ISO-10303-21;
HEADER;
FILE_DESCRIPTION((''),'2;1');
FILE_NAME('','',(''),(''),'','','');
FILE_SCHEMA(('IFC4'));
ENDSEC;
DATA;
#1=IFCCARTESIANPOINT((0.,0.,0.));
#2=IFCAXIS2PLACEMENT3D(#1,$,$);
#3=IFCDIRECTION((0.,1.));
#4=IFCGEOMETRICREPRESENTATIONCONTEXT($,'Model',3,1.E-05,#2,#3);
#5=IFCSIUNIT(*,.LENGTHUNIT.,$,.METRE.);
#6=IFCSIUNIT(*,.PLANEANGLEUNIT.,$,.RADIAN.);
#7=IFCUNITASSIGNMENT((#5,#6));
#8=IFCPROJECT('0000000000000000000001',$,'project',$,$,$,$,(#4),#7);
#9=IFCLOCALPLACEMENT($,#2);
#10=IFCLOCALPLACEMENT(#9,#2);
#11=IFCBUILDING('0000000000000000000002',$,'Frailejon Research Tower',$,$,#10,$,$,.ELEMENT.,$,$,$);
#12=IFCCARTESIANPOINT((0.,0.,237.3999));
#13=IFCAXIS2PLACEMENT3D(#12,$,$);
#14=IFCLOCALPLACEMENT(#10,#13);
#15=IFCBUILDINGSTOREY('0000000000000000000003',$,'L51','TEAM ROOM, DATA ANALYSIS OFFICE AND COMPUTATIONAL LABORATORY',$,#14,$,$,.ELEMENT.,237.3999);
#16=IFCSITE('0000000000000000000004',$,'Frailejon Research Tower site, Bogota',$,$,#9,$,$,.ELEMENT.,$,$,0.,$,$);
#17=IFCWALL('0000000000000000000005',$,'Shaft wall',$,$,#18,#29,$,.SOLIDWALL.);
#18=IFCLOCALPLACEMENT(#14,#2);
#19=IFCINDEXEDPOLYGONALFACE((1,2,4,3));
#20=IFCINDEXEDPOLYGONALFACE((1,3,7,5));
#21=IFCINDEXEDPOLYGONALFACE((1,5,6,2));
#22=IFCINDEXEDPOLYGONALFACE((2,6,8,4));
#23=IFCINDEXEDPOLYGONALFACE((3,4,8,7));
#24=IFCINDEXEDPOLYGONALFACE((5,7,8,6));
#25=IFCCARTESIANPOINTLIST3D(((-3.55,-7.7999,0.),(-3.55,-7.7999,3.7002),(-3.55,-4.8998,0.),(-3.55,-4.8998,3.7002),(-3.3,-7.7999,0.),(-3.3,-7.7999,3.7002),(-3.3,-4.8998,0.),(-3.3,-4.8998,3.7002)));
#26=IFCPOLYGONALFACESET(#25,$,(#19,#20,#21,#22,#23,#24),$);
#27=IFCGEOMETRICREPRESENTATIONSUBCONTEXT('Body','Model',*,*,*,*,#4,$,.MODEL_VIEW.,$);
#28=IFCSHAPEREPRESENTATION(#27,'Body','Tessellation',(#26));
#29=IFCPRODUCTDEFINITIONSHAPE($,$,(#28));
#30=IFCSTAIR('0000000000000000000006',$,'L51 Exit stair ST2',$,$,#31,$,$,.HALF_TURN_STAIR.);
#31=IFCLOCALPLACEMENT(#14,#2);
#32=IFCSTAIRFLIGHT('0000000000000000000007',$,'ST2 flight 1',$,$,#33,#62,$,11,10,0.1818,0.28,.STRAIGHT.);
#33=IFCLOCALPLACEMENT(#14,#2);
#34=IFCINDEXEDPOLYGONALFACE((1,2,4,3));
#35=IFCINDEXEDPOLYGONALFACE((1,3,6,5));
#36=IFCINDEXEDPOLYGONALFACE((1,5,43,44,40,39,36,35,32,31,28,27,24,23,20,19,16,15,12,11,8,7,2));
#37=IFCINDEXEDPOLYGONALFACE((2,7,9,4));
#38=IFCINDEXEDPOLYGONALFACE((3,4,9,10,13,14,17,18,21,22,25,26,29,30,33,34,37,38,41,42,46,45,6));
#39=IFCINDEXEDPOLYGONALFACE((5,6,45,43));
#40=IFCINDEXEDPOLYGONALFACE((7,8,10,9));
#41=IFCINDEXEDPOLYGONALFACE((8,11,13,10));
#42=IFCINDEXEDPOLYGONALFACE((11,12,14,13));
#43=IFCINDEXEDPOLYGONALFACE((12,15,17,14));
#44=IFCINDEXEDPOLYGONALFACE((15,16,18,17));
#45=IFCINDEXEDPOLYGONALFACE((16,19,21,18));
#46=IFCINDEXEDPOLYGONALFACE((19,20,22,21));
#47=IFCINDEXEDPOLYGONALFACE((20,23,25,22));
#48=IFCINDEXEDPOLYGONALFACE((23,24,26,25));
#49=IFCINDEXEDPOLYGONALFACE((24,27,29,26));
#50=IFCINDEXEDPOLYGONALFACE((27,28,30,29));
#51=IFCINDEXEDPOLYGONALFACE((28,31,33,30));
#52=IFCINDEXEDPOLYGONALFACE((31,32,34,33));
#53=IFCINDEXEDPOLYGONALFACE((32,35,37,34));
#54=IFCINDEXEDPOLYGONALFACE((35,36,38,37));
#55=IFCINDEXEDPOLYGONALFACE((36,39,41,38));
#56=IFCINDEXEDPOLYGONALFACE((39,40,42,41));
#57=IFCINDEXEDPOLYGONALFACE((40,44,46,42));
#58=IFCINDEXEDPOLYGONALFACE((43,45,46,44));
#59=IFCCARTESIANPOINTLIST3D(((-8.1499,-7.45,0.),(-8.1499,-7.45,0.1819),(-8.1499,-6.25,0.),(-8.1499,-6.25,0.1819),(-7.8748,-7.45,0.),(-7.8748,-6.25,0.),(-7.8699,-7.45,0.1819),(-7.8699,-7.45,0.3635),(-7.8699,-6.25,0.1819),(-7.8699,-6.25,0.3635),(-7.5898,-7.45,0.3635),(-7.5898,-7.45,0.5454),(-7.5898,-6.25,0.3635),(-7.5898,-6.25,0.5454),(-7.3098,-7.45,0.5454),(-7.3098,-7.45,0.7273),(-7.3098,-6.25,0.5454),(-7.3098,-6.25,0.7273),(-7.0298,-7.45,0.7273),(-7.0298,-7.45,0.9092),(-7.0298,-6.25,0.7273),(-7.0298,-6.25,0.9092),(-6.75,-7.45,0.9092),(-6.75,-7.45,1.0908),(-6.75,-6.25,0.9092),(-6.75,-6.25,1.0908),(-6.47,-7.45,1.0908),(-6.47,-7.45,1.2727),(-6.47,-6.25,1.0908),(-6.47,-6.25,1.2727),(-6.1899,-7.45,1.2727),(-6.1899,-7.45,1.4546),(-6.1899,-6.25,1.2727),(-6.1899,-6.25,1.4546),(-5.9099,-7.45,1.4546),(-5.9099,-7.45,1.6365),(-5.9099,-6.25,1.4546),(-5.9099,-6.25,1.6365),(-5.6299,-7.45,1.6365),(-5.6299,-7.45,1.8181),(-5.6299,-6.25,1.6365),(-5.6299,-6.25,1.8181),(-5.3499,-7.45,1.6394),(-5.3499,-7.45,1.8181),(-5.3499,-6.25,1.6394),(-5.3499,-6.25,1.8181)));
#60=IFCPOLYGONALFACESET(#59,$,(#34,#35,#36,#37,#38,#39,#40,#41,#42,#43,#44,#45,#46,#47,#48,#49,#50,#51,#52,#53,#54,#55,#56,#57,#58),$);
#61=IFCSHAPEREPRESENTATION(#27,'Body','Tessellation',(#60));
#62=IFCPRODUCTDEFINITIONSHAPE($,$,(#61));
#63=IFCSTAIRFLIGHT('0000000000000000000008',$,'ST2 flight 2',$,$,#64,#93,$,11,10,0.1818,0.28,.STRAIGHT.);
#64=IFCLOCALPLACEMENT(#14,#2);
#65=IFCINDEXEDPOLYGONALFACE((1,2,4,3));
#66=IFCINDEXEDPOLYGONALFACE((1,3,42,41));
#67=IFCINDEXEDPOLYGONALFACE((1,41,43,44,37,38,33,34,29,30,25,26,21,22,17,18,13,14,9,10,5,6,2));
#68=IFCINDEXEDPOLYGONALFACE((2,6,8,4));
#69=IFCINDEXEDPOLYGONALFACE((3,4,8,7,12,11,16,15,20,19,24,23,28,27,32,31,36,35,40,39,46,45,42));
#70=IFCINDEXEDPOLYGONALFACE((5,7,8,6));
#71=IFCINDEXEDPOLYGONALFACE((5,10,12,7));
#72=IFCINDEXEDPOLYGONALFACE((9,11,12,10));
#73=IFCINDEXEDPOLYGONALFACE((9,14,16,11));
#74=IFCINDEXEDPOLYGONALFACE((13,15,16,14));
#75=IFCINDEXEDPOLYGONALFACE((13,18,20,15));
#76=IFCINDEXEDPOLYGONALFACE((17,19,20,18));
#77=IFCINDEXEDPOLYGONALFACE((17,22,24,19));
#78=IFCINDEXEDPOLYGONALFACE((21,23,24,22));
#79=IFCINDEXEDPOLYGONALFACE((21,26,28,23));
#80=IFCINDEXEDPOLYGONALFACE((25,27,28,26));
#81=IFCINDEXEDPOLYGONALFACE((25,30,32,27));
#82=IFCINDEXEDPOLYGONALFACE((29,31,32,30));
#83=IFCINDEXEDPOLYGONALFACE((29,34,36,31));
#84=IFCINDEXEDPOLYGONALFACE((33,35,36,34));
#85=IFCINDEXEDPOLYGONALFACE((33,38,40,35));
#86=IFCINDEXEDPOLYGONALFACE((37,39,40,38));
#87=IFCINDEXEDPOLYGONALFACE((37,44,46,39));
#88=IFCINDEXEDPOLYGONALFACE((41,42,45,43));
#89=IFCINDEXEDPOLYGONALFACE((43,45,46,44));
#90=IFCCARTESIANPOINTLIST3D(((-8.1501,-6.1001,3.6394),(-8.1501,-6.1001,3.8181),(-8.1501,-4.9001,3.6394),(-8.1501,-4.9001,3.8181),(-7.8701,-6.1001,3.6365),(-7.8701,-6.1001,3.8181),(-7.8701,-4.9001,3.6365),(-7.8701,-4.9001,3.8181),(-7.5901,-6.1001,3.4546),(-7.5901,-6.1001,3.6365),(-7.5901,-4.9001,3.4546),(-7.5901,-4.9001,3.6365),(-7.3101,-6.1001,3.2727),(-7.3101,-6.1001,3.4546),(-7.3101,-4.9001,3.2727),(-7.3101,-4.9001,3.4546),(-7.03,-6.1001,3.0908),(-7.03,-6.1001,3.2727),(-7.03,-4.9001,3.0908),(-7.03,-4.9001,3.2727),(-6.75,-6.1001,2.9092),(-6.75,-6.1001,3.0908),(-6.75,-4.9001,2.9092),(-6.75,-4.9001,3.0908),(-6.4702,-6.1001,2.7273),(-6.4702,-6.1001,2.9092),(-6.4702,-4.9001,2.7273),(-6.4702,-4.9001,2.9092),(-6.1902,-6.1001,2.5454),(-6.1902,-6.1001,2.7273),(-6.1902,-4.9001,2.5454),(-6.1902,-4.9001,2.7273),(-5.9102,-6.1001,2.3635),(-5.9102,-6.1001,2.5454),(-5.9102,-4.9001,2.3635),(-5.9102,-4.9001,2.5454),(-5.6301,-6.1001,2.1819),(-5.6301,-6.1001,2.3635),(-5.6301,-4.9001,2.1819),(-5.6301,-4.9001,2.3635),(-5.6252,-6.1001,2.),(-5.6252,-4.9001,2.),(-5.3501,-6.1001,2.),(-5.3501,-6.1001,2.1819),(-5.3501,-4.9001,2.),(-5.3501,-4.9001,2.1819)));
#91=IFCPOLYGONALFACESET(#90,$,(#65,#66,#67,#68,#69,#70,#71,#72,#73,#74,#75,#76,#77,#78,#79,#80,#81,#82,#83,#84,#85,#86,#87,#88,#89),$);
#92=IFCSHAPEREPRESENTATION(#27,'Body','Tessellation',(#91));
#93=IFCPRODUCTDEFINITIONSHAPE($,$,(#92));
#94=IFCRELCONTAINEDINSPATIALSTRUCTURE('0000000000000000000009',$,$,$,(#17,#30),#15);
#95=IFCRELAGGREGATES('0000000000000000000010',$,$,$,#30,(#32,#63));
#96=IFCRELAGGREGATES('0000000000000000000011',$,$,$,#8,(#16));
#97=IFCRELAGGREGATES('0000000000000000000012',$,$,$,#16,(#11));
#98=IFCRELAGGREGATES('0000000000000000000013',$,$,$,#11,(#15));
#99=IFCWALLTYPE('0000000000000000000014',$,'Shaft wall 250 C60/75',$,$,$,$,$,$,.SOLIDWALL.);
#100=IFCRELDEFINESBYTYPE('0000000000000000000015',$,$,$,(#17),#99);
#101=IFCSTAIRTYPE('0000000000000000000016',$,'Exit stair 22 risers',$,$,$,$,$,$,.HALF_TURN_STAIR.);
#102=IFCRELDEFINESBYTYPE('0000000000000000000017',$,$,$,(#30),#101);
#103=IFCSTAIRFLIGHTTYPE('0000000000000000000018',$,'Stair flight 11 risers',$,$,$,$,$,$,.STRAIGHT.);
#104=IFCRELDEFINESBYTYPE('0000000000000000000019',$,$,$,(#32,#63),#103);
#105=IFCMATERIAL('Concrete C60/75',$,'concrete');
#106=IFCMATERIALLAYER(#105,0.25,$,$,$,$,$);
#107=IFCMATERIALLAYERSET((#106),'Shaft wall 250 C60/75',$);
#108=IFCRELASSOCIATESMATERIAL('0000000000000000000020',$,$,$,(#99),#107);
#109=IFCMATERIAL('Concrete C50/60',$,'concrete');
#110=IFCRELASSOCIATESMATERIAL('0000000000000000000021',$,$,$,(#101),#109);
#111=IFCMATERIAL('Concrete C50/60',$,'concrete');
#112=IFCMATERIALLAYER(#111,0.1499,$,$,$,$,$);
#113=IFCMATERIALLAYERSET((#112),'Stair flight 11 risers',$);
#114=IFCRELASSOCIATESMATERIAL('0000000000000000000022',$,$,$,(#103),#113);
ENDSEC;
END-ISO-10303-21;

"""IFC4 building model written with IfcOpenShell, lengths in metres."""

from ifc_helpers import new_model, si_unit, direction, frame, frame_2d, origin, place, context, subcontext, project, spatial, polyline, rectangle, outline, extrude, material, layer, layer_set, type_object, element, aggregate, save


model = new_model("IFC4")

# Units and contexts
model_context = context("Model", 3, precision=1e-05, world=origin(), true_north=direction((0.0, 1.0)))
body_context = subcontext(model_context, "Body", "Model", "MODEL_VIEW")
ifc_project = project(units=[si_unit("LENGTHUNIT", "METRE"), si_unit("PLANEANGLEUNIT", "RADIAN")], contexts=[model_context])

# Site, building, storey
site_placement = place(None, origin())
site = spatial("IfcSite", under=ifc_project, at=site_placement, Name="Frailejon Research Tower site, Bogota", CompositionType="ELEMENT", RefElevation=0.0)
building_placement = place(site_placement, origin())
building = spatial("IfcBuilding", under=site, at=building_placement, Name="Frailejon Research Tower", CompositionType="ELEMENT")
storey_placement = place(building_placement, frame((0.0, 0.0, 237.3999)))
storey = spatial("IfcBuildingStorey", under=building, at=storey_placement, Name="L51", Description="TEAM ROOM, DATA ANALYSIS OFFICE AND COMPUTATIONAL LABORATORY", CompositionType="ELEMENT", Elevation=237.3999)

# Shared definitions
ifc_material_1 = material(Name="Concrete C60/75", Category="concrete")
ifc_layer_1 = layer(ifc_material_1, 0.25)
ifc_layer_set_1 = layer_set([ifc_layer_1], Name="Shaft wall 250 C60/75")
wall_type_1 = type_object("IfcWallType", Name="Shaft wall 250 C60/75", PredefinedType="SOLIDWALL", material=ifc_layer_set_1)

# Wall
wall_1_placement = place(storey_placement, frame((-3.425, -7.8, 0.0), z_axis=(0.0, 0.0, 1.0), x_axis=(0.0, 1.0, 0.0)))
element("IfcWall", 1, at=wall_1_placement, inside=storey, type_object=wall_type_1, Name="Shaft wall", PredefinedType="SOLIDWALL", context=body_context, shape_type="SweptSolid", body=[
    extrude(rectangle(XDim=2.9001, YDim=0.25, at=frame_2d((1.4502, 0.0))), origin(), (0.0, 0.0, 1.0), 3.7002),
])

# Stair, stair flights
ifc_material_2 = material(Name="Concrete C50/60", Category="concrete")
stair_type = type_object("IfcStairType", Name="Exit stair 22 risers", PredefinedType="HALF_TURN_STAIR", material=ifc_material_2)
stair_placement = place(storey_placement, origin())
stair = element("IfcStair", 2, at=stair_placement, inside=storey, type_object=stair_type, Name="L51 Exit stair ST2", PredefinedType="HALF_TURN_STAIR")
ifc_material_3 = material(Name="Concrete C50/60", Category="concrete")
ifc_layer_2 = layer(ifc_material_3, 0.1499)
ifc_layer_set_2 = layer_set([ifc_layer_2], Name="Stair flight 11 risers")
stair_flight_type = type_object("IfcStairFlightType", Name="Stair flight 11 risers", PredefinedType="STRAIGHT", material=ifc_layer_set_2)
stair_flight_1_placement = place(storey_placement, frame((-8.1499, -6.8501, 0.0), z_axis=(0.0, 0.0, 1.0), x_axis=(1.0, 0.0, 0.0)))
stair_flight_1 = element("IfcStairFlight", 3, at=stair_flight_1_placement, type_object=stair_flight_type, Name="ST2 flight 1", NumberOfRisers=11, NumberOfTreads=10, PredefinedType="STRAIGHT", RiserHeight=0.1818, TreadLength=0.28, context=body_context, shape_type="SweptSolid", body=[
    extrude(outline(polyline([(0.0, 0.0), (0.0, 0.1819), (0.28, 0.1819), (0.28, 0.3635), (0.5601, 0.3635), (0.5601, 0.5454), (0.8401, 0.5454), (0.8401, 0.7273), (1.1201, 0.7273), (1.1201, 0.9092), (1.3999, 0.9092), (1.3999, 1.0908), (1.6799, 1.0908), (1.6799, 1.2727), (1.96, 1.2727), (1.96, 1.4546), (2.24, 1.4546), (2.24, 1.6365), (2.52, 1.6365), (2.52, 1.8181), (2.8, 1.8181), (2.8, 2.0), (2.8, 1.6394), (0.2751, 0.0), (0.0, 0.0)])), frame((0.0, 0.6001, 0.0), z_axis=(0.0, -1.0, 0.0), x_axis=(1.0, 0.0, 0.0)), (0.0, 0.0, 1.0), 1.2),
])
stair_flight_2_placement = place(storey_placement, frame((-5.3501, -5.5, 2.0), z_axis=(0.0, 0.0, 1.0), x_axis=(-1.0, 0.0, 0.0)))
stair_flight_2 = element("IfcStairFlight", 4, at=stair_flight_2_placement, type_object=stair_flight_type, Name="ST2 flight 2", NumberOfRisers=11, NumberOfTreads=10, PredefinedType="STRAIGHT", RiserHeight=0.1818, TreadLength=0.28, context=body_context, shape_type="SweptSolid", body=[
    extrude(outline(polyline([(0.0, 0.0), (0.0, 0.1819), (0.28, 0.1819), (0.28, 0.3635), (0.5601, 0.3635), (0.5601, 0.5454), (0.8401, 0.5454), (0.8401, 0.7273), (1.1201, 0.7273), (1.1201, 0.9092), (1.3999, 0.9092), (1.3999, 1.0908), (1.6799, 1.0908), (1.6799, 1.2727), (1.96, 1.2727), (1.96, 1.4546), (2.24, 1.4546), (2.24, 1.6365), (2.52, 1.6365), (2.52, 1.8181), (2.8, 1.8181), (2.8, 2.0), (2.8, 1.6394), (0.2751, 0.0), (0.0, 0.0)])), frame((0.0, 0.6001, 0.0), z_axis=(0.0, -1.0, 0.0), x_axis=(1.0, 0.0, 0.0)), (0.0, 0.0, 1.0), 1.2),
])
aggregate(stair, [stair_flight_1, stair_flight_2])

save(model, "model.ifc")
